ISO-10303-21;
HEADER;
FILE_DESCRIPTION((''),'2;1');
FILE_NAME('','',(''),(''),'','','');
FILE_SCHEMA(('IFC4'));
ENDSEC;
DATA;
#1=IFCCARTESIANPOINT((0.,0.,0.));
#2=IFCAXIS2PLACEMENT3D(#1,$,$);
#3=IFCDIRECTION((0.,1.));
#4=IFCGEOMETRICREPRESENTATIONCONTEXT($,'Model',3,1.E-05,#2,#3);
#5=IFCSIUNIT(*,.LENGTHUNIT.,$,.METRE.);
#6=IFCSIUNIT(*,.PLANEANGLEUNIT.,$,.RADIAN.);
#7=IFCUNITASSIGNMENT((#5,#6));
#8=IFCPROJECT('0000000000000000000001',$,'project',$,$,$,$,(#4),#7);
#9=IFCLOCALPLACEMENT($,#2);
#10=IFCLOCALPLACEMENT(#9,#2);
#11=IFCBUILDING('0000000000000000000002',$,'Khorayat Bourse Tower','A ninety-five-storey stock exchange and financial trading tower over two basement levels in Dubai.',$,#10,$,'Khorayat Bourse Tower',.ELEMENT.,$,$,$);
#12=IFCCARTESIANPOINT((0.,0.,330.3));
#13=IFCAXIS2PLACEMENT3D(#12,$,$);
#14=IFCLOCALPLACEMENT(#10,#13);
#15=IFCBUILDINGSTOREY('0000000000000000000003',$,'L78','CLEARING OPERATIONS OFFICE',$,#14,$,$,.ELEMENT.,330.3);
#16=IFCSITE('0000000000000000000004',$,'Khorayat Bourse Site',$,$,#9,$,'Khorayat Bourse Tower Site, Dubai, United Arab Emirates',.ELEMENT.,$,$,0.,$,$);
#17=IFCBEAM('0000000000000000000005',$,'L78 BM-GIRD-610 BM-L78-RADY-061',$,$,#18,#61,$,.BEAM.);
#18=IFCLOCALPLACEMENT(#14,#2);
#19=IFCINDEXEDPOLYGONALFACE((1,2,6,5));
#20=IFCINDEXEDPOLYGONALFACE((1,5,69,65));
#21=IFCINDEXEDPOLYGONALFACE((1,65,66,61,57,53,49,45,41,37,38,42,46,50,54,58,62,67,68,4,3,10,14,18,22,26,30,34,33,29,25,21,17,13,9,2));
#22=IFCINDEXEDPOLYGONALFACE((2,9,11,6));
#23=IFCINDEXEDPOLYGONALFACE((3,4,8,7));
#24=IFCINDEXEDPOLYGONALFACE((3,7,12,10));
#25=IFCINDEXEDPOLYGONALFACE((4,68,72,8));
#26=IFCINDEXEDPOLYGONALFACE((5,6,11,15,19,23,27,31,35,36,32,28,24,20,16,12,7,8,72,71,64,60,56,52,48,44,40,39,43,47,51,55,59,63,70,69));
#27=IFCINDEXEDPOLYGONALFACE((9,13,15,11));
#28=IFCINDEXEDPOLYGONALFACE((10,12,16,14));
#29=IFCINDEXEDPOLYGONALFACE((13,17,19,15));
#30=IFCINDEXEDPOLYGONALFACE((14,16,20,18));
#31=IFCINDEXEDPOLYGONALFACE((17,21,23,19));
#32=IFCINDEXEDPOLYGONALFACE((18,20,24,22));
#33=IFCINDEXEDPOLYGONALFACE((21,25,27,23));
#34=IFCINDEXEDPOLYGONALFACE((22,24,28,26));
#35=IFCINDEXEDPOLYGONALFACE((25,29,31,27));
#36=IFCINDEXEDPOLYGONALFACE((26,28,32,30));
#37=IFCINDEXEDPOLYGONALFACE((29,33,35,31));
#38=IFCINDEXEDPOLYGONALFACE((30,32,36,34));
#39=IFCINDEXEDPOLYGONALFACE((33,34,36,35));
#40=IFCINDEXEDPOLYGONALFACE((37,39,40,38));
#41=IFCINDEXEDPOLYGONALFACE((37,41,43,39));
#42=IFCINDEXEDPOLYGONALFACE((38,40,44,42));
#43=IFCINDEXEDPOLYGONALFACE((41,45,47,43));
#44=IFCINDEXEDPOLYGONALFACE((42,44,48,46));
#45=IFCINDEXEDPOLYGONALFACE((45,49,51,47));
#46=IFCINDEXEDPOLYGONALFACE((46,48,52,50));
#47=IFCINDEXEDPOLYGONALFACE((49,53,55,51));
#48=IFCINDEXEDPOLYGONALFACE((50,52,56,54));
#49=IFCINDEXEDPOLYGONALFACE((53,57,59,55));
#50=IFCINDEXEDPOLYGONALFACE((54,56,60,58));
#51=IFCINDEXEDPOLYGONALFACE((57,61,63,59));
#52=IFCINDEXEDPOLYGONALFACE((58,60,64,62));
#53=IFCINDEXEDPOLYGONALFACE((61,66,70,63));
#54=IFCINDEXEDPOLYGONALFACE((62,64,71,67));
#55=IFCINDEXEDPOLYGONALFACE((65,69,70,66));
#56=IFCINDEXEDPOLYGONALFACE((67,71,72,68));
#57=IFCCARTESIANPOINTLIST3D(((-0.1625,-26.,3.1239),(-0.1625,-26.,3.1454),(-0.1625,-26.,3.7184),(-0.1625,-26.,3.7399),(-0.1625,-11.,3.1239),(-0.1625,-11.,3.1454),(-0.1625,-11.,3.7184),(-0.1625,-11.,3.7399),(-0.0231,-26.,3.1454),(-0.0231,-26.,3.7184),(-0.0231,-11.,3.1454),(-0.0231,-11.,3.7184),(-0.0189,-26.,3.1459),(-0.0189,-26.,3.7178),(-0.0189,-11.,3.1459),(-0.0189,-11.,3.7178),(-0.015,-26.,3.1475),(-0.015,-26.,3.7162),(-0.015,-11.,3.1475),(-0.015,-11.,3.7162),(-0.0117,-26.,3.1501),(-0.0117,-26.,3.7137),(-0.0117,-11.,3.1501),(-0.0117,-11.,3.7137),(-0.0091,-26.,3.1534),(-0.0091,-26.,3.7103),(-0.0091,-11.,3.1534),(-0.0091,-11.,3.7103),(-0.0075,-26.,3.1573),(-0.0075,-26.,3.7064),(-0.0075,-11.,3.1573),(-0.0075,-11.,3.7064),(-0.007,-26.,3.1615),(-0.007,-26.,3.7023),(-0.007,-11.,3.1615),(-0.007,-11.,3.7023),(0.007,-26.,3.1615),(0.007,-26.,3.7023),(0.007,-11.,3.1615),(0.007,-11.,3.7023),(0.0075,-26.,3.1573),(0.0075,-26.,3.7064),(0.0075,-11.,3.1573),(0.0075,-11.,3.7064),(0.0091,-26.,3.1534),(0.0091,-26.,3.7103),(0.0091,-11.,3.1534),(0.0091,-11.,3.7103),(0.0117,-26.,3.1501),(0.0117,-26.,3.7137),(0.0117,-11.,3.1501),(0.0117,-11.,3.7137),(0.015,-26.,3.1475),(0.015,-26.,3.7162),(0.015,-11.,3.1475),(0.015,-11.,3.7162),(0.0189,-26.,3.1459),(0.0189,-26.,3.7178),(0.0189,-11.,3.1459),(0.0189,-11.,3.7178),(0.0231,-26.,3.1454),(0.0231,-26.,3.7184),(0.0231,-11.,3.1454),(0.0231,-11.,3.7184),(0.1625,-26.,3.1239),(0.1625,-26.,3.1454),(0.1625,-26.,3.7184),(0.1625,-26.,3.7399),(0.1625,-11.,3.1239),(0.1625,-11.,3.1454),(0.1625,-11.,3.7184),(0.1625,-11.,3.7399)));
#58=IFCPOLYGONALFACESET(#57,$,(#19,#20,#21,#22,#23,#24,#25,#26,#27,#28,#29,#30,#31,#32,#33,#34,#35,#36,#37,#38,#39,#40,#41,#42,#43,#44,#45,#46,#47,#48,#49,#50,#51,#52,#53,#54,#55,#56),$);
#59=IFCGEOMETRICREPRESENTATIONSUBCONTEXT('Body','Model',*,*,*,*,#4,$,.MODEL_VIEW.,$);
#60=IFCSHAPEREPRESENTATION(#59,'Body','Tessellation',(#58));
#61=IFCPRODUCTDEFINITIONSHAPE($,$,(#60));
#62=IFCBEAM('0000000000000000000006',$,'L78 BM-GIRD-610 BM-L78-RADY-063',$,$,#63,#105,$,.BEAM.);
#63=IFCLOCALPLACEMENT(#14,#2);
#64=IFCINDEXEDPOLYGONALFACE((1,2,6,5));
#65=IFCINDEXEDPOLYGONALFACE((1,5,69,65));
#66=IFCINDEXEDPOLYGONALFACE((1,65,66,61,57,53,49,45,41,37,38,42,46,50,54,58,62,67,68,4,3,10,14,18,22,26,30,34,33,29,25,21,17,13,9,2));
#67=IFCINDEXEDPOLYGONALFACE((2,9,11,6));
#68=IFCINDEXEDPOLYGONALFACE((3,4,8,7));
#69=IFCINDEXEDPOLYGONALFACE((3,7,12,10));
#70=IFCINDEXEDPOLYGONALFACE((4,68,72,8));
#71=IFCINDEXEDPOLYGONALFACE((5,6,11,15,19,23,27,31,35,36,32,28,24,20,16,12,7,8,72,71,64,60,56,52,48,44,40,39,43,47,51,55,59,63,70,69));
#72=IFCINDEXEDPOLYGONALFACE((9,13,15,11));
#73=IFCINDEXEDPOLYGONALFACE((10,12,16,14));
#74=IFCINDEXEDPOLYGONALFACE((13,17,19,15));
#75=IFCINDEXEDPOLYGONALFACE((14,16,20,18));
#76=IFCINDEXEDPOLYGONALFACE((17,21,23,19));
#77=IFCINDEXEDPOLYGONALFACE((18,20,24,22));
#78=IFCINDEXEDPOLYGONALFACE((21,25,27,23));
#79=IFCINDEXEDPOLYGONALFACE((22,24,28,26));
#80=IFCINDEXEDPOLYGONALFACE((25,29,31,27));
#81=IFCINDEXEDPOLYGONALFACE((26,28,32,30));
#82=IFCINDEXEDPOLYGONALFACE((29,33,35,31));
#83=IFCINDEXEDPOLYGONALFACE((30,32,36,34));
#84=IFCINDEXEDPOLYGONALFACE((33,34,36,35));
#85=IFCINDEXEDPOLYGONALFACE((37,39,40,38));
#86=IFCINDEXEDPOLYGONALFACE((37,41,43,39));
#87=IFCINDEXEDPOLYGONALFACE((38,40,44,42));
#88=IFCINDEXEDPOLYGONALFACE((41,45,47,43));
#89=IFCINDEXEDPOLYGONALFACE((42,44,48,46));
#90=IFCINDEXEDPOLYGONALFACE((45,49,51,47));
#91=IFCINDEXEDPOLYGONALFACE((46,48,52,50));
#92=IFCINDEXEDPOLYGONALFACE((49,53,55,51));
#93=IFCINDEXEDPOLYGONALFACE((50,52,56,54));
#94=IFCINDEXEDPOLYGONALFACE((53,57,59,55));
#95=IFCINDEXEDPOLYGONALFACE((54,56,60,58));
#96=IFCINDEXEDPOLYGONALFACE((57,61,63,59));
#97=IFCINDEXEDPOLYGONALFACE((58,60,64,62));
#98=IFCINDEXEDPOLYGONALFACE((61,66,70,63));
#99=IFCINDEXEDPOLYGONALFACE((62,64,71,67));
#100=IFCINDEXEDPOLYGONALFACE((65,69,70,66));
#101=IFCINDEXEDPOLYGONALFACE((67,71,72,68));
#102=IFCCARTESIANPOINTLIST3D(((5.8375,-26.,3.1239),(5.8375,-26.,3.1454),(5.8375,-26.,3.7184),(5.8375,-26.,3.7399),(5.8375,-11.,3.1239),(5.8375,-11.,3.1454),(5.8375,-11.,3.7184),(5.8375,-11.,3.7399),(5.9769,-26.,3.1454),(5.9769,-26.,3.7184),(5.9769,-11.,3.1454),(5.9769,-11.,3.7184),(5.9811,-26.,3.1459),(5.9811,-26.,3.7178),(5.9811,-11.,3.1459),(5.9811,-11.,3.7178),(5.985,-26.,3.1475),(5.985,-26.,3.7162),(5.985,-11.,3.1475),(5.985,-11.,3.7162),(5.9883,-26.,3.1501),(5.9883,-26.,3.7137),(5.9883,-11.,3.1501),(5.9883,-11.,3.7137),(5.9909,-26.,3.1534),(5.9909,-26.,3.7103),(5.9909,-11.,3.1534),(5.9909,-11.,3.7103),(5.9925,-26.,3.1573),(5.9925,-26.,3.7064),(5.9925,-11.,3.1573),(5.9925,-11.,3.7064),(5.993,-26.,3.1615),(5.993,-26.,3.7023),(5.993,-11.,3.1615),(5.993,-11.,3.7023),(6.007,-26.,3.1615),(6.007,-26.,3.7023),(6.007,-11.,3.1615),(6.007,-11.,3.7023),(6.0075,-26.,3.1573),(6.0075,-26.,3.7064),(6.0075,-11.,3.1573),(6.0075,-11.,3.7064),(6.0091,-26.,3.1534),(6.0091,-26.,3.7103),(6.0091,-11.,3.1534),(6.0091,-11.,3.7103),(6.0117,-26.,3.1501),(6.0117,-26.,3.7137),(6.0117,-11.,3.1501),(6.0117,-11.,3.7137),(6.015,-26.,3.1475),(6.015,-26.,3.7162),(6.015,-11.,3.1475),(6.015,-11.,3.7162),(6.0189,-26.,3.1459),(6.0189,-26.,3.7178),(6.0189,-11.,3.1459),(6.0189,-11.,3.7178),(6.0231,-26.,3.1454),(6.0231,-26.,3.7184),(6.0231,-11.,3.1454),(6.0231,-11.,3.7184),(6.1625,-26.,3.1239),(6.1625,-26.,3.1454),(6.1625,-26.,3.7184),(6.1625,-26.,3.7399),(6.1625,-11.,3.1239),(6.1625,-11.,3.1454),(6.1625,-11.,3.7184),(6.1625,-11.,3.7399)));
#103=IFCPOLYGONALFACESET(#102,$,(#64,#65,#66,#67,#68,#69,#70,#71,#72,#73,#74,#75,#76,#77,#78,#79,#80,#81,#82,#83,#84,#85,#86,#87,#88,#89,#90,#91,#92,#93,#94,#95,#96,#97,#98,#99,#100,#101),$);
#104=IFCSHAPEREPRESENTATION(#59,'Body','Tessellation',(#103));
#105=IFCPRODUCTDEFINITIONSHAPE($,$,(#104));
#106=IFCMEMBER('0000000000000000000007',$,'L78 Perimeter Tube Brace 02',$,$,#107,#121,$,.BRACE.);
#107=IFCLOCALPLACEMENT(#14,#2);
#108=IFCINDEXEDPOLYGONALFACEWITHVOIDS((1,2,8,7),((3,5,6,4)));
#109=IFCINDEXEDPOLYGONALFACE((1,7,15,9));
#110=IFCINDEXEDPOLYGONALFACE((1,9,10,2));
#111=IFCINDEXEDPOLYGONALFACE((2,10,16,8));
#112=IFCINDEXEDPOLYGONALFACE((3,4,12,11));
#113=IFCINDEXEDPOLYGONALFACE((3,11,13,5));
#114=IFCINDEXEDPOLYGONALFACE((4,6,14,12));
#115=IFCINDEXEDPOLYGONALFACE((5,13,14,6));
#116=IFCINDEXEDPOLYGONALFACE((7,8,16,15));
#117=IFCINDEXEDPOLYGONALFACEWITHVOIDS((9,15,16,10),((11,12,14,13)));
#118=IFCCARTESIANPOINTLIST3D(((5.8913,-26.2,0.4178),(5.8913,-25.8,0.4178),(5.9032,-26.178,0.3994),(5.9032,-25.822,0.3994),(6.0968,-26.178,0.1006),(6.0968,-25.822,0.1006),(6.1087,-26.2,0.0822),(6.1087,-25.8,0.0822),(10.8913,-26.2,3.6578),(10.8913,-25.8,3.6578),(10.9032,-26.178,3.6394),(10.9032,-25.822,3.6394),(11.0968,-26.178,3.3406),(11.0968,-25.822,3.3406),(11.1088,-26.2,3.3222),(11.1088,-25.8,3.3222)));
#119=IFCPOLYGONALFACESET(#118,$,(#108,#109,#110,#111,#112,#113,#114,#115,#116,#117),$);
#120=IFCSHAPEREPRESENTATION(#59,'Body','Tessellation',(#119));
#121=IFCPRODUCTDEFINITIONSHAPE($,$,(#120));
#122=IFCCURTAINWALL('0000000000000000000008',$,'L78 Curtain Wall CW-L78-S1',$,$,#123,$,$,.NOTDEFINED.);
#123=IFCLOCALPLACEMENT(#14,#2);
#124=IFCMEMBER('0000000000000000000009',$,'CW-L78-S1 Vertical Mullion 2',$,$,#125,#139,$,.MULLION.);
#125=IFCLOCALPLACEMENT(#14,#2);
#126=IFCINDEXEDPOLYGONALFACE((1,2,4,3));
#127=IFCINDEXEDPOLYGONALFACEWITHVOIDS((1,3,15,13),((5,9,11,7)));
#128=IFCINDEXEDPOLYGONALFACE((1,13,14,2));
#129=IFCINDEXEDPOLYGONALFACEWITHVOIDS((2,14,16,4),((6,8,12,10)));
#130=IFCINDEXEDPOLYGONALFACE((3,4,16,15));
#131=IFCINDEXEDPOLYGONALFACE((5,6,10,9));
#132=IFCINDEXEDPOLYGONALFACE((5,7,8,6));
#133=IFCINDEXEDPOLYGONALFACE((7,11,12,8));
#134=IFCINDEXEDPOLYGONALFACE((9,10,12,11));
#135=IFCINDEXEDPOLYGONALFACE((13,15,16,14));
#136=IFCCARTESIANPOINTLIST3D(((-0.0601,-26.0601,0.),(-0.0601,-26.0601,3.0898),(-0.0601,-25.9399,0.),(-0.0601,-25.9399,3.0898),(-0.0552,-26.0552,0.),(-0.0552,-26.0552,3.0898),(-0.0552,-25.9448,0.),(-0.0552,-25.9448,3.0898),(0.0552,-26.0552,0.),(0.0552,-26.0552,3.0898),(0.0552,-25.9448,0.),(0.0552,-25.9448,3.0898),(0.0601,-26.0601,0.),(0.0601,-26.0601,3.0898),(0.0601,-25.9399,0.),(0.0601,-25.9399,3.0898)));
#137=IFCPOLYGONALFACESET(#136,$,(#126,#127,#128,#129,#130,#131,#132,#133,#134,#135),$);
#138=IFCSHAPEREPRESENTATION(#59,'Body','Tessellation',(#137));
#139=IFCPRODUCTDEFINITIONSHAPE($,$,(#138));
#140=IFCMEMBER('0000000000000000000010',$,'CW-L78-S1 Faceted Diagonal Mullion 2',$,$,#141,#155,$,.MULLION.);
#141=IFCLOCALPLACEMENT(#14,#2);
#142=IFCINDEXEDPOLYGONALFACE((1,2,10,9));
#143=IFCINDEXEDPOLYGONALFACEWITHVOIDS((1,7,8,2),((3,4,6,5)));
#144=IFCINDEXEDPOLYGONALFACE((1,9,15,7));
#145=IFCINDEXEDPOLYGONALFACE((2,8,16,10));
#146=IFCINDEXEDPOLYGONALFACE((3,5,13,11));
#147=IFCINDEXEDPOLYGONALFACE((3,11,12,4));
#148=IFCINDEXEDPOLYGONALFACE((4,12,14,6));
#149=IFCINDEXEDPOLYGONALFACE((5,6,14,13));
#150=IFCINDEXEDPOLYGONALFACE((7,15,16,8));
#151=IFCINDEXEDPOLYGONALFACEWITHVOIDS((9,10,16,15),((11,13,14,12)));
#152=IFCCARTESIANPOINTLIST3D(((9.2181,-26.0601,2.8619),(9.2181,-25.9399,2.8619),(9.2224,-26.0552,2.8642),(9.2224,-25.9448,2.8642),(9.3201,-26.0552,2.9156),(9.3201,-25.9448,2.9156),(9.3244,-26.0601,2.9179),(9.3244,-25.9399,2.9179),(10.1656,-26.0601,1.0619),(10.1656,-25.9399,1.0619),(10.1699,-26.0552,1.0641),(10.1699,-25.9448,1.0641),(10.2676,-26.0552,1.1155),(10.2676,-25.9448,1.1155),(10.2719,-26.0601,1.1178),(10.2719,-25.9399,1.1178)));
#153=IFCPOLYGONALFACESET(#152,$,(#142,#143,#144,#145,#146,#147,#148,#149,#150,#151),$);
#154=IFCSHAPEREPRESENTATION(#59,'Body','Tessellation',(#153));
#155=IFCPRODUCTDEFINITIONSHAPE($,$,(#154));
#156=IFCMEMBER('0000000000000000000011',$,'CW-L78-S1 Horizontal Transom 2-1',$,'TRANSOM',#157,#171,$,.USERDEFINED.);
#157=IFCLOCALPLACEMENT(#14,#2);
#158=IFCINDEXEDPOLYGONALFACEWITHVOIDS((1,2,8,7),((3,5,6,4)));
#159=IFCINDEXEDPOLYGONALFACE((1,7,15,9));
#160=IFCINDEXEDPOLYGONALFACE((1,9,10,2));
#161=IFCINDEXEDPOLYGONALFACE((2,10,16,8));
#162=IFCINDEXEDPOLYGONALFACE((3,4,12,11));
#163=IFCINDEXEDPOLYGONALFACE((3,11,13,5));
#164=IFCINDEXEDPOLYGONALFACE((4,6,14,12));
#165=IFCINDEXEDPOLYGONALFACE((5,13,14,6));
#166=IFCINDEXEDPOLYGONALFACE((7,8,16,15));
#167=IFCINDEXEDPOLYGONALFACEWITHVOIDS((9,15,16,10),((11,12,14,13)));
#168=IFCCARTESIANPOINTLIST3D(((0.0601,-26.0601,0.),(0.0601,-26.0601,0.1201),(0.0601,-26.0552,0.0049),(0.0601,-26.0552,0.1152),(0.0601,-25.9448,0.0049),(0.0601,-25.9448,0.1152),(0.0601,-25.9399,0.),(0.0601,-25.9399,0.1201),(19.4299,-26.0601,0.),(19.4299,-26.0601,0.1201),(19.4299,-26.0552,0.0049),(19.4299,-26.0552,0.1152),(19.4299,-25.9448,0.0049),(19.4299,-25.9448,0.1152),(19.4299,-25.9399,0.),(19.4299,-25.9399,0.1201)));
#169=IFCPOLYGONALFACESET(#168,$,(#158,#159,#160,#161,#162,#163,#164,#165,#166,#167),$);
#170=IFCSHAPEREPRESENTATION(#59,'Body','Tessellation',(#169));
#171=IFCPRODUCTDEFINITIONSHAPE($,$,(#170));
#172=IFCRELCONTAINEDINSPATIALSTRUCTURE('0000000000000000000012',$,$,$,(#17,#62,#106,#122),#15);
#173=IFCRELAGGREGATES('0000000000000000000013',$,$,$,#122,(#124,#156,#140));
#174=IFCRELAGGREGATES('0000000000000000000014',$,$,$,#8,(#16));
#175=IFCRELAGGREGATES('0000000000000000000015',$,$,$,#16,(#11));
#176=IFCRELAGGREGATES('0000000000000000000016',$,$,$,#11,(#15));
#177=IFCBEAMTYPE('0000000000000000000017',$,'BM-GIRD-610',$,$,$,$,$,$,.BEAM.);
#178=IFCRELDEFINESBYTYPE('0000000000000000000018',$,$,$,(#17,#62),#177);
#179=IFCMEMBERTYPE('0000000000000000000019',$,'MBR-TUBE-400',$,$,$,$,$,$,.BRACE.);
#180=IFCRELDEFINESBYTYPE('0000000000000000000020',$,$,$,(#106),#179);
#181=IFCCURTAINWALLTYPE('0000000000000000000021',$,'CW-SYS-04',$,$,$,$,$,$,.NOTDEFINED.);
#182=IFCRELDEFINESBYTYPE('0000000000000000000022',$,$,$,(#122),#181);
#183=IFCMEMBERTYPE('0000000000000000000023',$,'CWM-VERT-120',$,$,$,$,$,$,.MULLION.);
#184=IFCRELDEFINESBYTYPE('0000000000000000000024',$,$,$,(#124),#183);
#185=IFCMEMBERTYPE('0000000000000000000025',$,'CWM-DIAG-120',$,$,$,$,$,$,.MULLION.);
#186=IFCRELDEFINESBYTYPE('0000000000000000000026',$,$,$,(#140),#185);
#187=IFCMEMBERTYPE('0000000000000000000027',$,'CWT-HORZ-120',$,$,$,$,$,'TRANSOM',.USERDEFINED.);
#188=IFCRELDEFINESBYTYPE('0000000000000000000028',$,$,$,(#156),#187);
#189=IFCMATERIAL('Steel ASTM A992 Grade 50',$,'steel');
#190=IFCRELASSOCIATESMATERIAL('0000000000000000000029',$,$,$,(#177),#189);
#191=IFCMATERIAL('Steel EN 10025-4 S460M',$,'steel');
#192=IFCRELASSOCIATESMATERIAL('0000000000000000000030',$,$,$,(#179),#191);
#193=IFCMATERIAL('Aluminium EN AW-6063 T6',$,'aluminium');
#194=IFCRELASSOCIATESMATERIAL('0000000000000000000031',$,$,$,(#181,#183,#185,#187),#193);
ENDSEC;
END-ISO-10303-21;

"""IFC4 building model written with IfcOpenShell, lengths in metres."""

from ifc_helpers import new_model, si_unit, direction, frame, origin, origin_2d, place, context, subcontext, project, spatial, hollow_rectangle, i_section, extrude, source, transform, mapped, material, material_profile, profile_set, type_object, element, aggregate, save


model = new_model("IFC4")

# Units and contexts
model_context = context("Model", 3, precision=1e-05, world=origin(), true_north=direction((0.0, 1.0)))
body_context = subcontext(model_context, "Body", "Model", "MODEL_VIEW")
ifc_project = project(units=[si_unit("LENGTHUNIT", "METRE"), si_unit("PLANEANGLEUNIT", "RADIAN")], contexts=[model_context])

# Site, building, storey
site_placement = place(None, origin())
site = spatial("IfcSite", under=ifc_project, at=site_placement, Name="Khorayat Bourse Site", LongName="Khorayat Bourse Tower Site, Dubai, United Arab Emirates", CompositionType="ELEMENT", RefElevation=0.0)
building_placement = place(site_placement, origin())
building = spatial("IfcBuilding", under=site, at=building_placement, Name="Khorayat Bourse Tower", Description="A ninety-five-storey stock exchange and financial trading tower over two basement levels in Dubai.", LongName="Khorayat Bourse Tower", CompositionType="ELEMENT")
storey_placement = place(building_placement, frame((0.0, 0.0, 330.3)))
storey = spatial("IfcBuildingStorey", under=building, at=storey_placement, Name="L78", Description="CLEARING OPERATIONS OFFICE", CompositionType="ELEMENT", Elevation=330.3)

# Beams
ifc_material_1 = material(Name="Steel ASTM A992 Grade 50", Category="steel")
ifc_material_profile_1 = material_profile(ifc_material_1, i_section(OverallWidth=0.325, OverallDepth=0.616, WebThickness=0.0139, FlangeThickness=0.0215, FilletRadius=0.0161, at=origin_2d()), Name="W610X174")
ifc_profile_set_1 = profile_set([ifc_material_profile_1], Name="Steel ASTM A992 Grade 50")
beam_type_1 = type_object("IfcBeamType", Name="BM-GIRD-610", PredefinedType="BEAM", material=ifc_profile_set_1)
shared_shape_1 = source(origin(), body_context, "Body", "SweptSolid", [
    extrude(i_section(OverallWidth=0.325, OverallDepth=0.616, WebThickness=0.0139, FlangeThickness=0.0215, FilletRadius=0.0161, at=origin_2d()), origin(), (0.0, 0.0, 1.0), 15.0),
])
for number, where, z_axis, x_axis, name in (
    (1, (0.0, -26.0, 3.4319), (0.0, 1.0, 0.0), (-1.0, 0.0, 0.0), "L78 BM-GIRD-610 BM-L78-RADY-061"),
    (2, (6.0, -26.0, 3.4319), (0.0, 1.0, 0.0), (-1.0, 0.0, 0.0), "L78 BM-GIRD-610 BM-L78-RADY-063"),
):
    element("IfcBeam", number, at=place(storey_placement, frame(where, z_axis=z_axis, x_axis=x_axis)), inside=storey, type_object=beam_type_1, Name=name, PredefinedType="BEAM", context=body_context, shape_type="MappedRepresentation", body=[
        mapped(shared_shape_1, transform((0.0, 0.0, 0.0), scale=1.0)),
    ])

# Member
ifc_material_2 = material(Name="Steel EN 10025-4 S460M", Category="steel")
ifc_material_profile_2 = material_profile(ifc_material_2, hollow_rectangle(XDim=0.3999, YDim=0.3999, WallThickness=0.022, at=origin_2d()), Name="HSS 400x400x22")
ifc_profile_set_2 = profile_set([ifc_material_profile_2], Name="Steel EN 10025-4 S460M")
member_type_1 = type_object("IfcMemberType", Name="MBR-TUBE-400", PredefinedType="BRACE", material=ifc_profile_set_2)
shared_shape_2 = source(origin(), body_context, "Body", "SweptSolid", [
    extrude(hollow_rectangle(XDim=0.3999, YDim=0.3999, WallThickness=0.022, at=origin_2d()), origin(), (0.0, 0.0, 1.0), 5.958),
])
member_1_placement = place(storey_placement, frame((6.0, -26.0, 0.25), z_axis=(0.83921, 0.0, 0.543807), x_axis=(0.0, 1.0, 0.0)))
element("IfcMember", 3, at=member_1_placement, inside=storey, type_object=member_type_1, Name="L78 Perimeter Tube Brace 02", PredefinedType="BRACE", context=body_context, shape_type="MappedRepresentation", body=[
    mapped(shared_shape_2, transform((0.0, 0.0, 0.0), scale=1.0)),
])

# Curtain wall, members
ifc_material_3 = material(Name="Aluminium EN AW-6063 T6", Category="aluminium")
curtain_wall_type = type_object("IfcCurtainWallType", Name="CW-SYS-04", PredefinedType="NOTDEFINED", material=ifc_material_3)
curtain_wall_placement = place(storey_placement, origin())
curtain_wall = element("IfcCurtainWall", 4, at=curtain_wall_placement, inside=storey, type_object=curtain_wall_type, Name="L78 Curtain Wall CW-L78-S1", PredefinedType="NOTDEFINED")
ifc_material_profile_3 = material_profile(ifc_material_3, hollow_rectangle(XDim=0.1201, YDim=0.1201, WallThickness=0.0049, at=origin_2d()), Name="ALU 120x120x5")
ifc_profile_set_3 = profile_set([ifc_material_profile_3], Name="Aluminium EN AW-6063 T6")
member_type_2 = type_object("IfcMemberType", Name="CWM-VERT-120", PredefinedType="MULLION", material=ifc_profile_set_3)
shared_shape_3 = source(origin(), body_context, "Body", "SweptSolid", [
    extrude(hollow_rectangle(XDim=0.1201, YDim=0.1201, WallThickness=0.0049, at=origin_2d()), origin(), (0.0, 0.0, 1.0), 3.0898),
])
member_2_placement = place(storey_placement, frame((0.0, -26.0, 0.0), z_axis=(0.0, 0.0, 1.0), x_axis=(0.0, 1.0, 0.0)))
member_2 = element("IfcMember", 5, at=member_2_placement, type_object=member_type_2, Name="CW-L78-S1 Vertical Mullion 2", PredefinedType="MULLION", context=body_context, shape_type="MappedRepresentation", body=[
    mapped(shared_shape_3, transform((0.0, 0.0, 0.0), scale=1.0)),
])
ifc_material_profile_4 = material_profile(ifc_material_3, hollow_rectangle(XDim=0.1201, YDim=0.1201, WallThickness=0.0049, at=origin_2d()), Name="ALU 120x120x5")
ifc_profile_set_4 = profile_set([ifc_material_profile_4], Name="Aluminium EN AW-6063 T6")
member_type_3 = type_object("IfcMemberType", Name="CWM-DIAG-120", PredefinedType="MULLION", material=ifc_profile_set_4)
shared_shape_4 = source(origin(), body_context, "Body", "SweptSolid", [
    extrude(hollow_rectangle(XDim=0.1201, YDim=0.1201, WallThickness=0.0049, at=origin_2d()), origin(), (0.0, 0.0, 1.0), 2.0342),
])
member_3_placement = place(storey_placement, frame((10.2188, -26.0, 1.0898), z_axis=(-0.465791, 0.0, 0.884895), x_axis=(0.0, -1.0, 0.0)))
member_3 = element("IfcMember", 6, at=member_3_placement, type_object=member_type_3, Name="CW-L78-S1 Faceted Diagonal Mullion 2", PredefinedType="MULLION", context=body_context, shape_type="MappedRepresentation", body=[
    mapped(shared_shape_4, transform((0.0, 0.0, 0.0), scale=1.0)),
])
ifc_material_profile_5 = material_profile(ifc_material_3, hollow_rectangle(XDim=0.1201, YDim=0.1201, WallThickness=0.0049, at=origin_2d()), Name="ALU 120x120x5")
ifc_profile_set_5 = profile_set([ifc_material_profile_5], Name="Aluminium EN AW-6063 T6")
member_type_4 = type_object("IfcMemberType", Name="CWT-HORZ-120", ElementType="TRANSOM", PredefinedType="USERDEFINED", material=ifc_profile_set_5)
shared_shape_5 = source(origin(), body_context, "Body", "SweptSolid", [
    extrude(hollow_rectangle(XDim=0.1201, YDim=0.1201, WallThickness=0.0049, at=origin_2d()), origin(), (0.0, 0.0, 1.0), 19.3699),
])
member_4_placement = place(storey_placement, frame((0.0601, -26.0, 0.0601), z_axis=(1.0, 0.0, 0.0), x_axis=(0.0, 1.0, 0.0)))
member_4 = element("IfcMember", 7, at=member_4_placement, type_object=member_type_4, Name="CW-L78-S1 Horizontal Transom 2-1", ObjectType="TRANSOM", PredefinedType="USERDEFINED", context=body_context, shape_type="MappedRepresentation", body=[
    mapped(shared_shape_5, transform((0.0, 0.0, 0.0), scale=1.0)),
])

aggregate(curtain_wall, [member_2, member_4, member_3])

save(model, "model.ifc")
